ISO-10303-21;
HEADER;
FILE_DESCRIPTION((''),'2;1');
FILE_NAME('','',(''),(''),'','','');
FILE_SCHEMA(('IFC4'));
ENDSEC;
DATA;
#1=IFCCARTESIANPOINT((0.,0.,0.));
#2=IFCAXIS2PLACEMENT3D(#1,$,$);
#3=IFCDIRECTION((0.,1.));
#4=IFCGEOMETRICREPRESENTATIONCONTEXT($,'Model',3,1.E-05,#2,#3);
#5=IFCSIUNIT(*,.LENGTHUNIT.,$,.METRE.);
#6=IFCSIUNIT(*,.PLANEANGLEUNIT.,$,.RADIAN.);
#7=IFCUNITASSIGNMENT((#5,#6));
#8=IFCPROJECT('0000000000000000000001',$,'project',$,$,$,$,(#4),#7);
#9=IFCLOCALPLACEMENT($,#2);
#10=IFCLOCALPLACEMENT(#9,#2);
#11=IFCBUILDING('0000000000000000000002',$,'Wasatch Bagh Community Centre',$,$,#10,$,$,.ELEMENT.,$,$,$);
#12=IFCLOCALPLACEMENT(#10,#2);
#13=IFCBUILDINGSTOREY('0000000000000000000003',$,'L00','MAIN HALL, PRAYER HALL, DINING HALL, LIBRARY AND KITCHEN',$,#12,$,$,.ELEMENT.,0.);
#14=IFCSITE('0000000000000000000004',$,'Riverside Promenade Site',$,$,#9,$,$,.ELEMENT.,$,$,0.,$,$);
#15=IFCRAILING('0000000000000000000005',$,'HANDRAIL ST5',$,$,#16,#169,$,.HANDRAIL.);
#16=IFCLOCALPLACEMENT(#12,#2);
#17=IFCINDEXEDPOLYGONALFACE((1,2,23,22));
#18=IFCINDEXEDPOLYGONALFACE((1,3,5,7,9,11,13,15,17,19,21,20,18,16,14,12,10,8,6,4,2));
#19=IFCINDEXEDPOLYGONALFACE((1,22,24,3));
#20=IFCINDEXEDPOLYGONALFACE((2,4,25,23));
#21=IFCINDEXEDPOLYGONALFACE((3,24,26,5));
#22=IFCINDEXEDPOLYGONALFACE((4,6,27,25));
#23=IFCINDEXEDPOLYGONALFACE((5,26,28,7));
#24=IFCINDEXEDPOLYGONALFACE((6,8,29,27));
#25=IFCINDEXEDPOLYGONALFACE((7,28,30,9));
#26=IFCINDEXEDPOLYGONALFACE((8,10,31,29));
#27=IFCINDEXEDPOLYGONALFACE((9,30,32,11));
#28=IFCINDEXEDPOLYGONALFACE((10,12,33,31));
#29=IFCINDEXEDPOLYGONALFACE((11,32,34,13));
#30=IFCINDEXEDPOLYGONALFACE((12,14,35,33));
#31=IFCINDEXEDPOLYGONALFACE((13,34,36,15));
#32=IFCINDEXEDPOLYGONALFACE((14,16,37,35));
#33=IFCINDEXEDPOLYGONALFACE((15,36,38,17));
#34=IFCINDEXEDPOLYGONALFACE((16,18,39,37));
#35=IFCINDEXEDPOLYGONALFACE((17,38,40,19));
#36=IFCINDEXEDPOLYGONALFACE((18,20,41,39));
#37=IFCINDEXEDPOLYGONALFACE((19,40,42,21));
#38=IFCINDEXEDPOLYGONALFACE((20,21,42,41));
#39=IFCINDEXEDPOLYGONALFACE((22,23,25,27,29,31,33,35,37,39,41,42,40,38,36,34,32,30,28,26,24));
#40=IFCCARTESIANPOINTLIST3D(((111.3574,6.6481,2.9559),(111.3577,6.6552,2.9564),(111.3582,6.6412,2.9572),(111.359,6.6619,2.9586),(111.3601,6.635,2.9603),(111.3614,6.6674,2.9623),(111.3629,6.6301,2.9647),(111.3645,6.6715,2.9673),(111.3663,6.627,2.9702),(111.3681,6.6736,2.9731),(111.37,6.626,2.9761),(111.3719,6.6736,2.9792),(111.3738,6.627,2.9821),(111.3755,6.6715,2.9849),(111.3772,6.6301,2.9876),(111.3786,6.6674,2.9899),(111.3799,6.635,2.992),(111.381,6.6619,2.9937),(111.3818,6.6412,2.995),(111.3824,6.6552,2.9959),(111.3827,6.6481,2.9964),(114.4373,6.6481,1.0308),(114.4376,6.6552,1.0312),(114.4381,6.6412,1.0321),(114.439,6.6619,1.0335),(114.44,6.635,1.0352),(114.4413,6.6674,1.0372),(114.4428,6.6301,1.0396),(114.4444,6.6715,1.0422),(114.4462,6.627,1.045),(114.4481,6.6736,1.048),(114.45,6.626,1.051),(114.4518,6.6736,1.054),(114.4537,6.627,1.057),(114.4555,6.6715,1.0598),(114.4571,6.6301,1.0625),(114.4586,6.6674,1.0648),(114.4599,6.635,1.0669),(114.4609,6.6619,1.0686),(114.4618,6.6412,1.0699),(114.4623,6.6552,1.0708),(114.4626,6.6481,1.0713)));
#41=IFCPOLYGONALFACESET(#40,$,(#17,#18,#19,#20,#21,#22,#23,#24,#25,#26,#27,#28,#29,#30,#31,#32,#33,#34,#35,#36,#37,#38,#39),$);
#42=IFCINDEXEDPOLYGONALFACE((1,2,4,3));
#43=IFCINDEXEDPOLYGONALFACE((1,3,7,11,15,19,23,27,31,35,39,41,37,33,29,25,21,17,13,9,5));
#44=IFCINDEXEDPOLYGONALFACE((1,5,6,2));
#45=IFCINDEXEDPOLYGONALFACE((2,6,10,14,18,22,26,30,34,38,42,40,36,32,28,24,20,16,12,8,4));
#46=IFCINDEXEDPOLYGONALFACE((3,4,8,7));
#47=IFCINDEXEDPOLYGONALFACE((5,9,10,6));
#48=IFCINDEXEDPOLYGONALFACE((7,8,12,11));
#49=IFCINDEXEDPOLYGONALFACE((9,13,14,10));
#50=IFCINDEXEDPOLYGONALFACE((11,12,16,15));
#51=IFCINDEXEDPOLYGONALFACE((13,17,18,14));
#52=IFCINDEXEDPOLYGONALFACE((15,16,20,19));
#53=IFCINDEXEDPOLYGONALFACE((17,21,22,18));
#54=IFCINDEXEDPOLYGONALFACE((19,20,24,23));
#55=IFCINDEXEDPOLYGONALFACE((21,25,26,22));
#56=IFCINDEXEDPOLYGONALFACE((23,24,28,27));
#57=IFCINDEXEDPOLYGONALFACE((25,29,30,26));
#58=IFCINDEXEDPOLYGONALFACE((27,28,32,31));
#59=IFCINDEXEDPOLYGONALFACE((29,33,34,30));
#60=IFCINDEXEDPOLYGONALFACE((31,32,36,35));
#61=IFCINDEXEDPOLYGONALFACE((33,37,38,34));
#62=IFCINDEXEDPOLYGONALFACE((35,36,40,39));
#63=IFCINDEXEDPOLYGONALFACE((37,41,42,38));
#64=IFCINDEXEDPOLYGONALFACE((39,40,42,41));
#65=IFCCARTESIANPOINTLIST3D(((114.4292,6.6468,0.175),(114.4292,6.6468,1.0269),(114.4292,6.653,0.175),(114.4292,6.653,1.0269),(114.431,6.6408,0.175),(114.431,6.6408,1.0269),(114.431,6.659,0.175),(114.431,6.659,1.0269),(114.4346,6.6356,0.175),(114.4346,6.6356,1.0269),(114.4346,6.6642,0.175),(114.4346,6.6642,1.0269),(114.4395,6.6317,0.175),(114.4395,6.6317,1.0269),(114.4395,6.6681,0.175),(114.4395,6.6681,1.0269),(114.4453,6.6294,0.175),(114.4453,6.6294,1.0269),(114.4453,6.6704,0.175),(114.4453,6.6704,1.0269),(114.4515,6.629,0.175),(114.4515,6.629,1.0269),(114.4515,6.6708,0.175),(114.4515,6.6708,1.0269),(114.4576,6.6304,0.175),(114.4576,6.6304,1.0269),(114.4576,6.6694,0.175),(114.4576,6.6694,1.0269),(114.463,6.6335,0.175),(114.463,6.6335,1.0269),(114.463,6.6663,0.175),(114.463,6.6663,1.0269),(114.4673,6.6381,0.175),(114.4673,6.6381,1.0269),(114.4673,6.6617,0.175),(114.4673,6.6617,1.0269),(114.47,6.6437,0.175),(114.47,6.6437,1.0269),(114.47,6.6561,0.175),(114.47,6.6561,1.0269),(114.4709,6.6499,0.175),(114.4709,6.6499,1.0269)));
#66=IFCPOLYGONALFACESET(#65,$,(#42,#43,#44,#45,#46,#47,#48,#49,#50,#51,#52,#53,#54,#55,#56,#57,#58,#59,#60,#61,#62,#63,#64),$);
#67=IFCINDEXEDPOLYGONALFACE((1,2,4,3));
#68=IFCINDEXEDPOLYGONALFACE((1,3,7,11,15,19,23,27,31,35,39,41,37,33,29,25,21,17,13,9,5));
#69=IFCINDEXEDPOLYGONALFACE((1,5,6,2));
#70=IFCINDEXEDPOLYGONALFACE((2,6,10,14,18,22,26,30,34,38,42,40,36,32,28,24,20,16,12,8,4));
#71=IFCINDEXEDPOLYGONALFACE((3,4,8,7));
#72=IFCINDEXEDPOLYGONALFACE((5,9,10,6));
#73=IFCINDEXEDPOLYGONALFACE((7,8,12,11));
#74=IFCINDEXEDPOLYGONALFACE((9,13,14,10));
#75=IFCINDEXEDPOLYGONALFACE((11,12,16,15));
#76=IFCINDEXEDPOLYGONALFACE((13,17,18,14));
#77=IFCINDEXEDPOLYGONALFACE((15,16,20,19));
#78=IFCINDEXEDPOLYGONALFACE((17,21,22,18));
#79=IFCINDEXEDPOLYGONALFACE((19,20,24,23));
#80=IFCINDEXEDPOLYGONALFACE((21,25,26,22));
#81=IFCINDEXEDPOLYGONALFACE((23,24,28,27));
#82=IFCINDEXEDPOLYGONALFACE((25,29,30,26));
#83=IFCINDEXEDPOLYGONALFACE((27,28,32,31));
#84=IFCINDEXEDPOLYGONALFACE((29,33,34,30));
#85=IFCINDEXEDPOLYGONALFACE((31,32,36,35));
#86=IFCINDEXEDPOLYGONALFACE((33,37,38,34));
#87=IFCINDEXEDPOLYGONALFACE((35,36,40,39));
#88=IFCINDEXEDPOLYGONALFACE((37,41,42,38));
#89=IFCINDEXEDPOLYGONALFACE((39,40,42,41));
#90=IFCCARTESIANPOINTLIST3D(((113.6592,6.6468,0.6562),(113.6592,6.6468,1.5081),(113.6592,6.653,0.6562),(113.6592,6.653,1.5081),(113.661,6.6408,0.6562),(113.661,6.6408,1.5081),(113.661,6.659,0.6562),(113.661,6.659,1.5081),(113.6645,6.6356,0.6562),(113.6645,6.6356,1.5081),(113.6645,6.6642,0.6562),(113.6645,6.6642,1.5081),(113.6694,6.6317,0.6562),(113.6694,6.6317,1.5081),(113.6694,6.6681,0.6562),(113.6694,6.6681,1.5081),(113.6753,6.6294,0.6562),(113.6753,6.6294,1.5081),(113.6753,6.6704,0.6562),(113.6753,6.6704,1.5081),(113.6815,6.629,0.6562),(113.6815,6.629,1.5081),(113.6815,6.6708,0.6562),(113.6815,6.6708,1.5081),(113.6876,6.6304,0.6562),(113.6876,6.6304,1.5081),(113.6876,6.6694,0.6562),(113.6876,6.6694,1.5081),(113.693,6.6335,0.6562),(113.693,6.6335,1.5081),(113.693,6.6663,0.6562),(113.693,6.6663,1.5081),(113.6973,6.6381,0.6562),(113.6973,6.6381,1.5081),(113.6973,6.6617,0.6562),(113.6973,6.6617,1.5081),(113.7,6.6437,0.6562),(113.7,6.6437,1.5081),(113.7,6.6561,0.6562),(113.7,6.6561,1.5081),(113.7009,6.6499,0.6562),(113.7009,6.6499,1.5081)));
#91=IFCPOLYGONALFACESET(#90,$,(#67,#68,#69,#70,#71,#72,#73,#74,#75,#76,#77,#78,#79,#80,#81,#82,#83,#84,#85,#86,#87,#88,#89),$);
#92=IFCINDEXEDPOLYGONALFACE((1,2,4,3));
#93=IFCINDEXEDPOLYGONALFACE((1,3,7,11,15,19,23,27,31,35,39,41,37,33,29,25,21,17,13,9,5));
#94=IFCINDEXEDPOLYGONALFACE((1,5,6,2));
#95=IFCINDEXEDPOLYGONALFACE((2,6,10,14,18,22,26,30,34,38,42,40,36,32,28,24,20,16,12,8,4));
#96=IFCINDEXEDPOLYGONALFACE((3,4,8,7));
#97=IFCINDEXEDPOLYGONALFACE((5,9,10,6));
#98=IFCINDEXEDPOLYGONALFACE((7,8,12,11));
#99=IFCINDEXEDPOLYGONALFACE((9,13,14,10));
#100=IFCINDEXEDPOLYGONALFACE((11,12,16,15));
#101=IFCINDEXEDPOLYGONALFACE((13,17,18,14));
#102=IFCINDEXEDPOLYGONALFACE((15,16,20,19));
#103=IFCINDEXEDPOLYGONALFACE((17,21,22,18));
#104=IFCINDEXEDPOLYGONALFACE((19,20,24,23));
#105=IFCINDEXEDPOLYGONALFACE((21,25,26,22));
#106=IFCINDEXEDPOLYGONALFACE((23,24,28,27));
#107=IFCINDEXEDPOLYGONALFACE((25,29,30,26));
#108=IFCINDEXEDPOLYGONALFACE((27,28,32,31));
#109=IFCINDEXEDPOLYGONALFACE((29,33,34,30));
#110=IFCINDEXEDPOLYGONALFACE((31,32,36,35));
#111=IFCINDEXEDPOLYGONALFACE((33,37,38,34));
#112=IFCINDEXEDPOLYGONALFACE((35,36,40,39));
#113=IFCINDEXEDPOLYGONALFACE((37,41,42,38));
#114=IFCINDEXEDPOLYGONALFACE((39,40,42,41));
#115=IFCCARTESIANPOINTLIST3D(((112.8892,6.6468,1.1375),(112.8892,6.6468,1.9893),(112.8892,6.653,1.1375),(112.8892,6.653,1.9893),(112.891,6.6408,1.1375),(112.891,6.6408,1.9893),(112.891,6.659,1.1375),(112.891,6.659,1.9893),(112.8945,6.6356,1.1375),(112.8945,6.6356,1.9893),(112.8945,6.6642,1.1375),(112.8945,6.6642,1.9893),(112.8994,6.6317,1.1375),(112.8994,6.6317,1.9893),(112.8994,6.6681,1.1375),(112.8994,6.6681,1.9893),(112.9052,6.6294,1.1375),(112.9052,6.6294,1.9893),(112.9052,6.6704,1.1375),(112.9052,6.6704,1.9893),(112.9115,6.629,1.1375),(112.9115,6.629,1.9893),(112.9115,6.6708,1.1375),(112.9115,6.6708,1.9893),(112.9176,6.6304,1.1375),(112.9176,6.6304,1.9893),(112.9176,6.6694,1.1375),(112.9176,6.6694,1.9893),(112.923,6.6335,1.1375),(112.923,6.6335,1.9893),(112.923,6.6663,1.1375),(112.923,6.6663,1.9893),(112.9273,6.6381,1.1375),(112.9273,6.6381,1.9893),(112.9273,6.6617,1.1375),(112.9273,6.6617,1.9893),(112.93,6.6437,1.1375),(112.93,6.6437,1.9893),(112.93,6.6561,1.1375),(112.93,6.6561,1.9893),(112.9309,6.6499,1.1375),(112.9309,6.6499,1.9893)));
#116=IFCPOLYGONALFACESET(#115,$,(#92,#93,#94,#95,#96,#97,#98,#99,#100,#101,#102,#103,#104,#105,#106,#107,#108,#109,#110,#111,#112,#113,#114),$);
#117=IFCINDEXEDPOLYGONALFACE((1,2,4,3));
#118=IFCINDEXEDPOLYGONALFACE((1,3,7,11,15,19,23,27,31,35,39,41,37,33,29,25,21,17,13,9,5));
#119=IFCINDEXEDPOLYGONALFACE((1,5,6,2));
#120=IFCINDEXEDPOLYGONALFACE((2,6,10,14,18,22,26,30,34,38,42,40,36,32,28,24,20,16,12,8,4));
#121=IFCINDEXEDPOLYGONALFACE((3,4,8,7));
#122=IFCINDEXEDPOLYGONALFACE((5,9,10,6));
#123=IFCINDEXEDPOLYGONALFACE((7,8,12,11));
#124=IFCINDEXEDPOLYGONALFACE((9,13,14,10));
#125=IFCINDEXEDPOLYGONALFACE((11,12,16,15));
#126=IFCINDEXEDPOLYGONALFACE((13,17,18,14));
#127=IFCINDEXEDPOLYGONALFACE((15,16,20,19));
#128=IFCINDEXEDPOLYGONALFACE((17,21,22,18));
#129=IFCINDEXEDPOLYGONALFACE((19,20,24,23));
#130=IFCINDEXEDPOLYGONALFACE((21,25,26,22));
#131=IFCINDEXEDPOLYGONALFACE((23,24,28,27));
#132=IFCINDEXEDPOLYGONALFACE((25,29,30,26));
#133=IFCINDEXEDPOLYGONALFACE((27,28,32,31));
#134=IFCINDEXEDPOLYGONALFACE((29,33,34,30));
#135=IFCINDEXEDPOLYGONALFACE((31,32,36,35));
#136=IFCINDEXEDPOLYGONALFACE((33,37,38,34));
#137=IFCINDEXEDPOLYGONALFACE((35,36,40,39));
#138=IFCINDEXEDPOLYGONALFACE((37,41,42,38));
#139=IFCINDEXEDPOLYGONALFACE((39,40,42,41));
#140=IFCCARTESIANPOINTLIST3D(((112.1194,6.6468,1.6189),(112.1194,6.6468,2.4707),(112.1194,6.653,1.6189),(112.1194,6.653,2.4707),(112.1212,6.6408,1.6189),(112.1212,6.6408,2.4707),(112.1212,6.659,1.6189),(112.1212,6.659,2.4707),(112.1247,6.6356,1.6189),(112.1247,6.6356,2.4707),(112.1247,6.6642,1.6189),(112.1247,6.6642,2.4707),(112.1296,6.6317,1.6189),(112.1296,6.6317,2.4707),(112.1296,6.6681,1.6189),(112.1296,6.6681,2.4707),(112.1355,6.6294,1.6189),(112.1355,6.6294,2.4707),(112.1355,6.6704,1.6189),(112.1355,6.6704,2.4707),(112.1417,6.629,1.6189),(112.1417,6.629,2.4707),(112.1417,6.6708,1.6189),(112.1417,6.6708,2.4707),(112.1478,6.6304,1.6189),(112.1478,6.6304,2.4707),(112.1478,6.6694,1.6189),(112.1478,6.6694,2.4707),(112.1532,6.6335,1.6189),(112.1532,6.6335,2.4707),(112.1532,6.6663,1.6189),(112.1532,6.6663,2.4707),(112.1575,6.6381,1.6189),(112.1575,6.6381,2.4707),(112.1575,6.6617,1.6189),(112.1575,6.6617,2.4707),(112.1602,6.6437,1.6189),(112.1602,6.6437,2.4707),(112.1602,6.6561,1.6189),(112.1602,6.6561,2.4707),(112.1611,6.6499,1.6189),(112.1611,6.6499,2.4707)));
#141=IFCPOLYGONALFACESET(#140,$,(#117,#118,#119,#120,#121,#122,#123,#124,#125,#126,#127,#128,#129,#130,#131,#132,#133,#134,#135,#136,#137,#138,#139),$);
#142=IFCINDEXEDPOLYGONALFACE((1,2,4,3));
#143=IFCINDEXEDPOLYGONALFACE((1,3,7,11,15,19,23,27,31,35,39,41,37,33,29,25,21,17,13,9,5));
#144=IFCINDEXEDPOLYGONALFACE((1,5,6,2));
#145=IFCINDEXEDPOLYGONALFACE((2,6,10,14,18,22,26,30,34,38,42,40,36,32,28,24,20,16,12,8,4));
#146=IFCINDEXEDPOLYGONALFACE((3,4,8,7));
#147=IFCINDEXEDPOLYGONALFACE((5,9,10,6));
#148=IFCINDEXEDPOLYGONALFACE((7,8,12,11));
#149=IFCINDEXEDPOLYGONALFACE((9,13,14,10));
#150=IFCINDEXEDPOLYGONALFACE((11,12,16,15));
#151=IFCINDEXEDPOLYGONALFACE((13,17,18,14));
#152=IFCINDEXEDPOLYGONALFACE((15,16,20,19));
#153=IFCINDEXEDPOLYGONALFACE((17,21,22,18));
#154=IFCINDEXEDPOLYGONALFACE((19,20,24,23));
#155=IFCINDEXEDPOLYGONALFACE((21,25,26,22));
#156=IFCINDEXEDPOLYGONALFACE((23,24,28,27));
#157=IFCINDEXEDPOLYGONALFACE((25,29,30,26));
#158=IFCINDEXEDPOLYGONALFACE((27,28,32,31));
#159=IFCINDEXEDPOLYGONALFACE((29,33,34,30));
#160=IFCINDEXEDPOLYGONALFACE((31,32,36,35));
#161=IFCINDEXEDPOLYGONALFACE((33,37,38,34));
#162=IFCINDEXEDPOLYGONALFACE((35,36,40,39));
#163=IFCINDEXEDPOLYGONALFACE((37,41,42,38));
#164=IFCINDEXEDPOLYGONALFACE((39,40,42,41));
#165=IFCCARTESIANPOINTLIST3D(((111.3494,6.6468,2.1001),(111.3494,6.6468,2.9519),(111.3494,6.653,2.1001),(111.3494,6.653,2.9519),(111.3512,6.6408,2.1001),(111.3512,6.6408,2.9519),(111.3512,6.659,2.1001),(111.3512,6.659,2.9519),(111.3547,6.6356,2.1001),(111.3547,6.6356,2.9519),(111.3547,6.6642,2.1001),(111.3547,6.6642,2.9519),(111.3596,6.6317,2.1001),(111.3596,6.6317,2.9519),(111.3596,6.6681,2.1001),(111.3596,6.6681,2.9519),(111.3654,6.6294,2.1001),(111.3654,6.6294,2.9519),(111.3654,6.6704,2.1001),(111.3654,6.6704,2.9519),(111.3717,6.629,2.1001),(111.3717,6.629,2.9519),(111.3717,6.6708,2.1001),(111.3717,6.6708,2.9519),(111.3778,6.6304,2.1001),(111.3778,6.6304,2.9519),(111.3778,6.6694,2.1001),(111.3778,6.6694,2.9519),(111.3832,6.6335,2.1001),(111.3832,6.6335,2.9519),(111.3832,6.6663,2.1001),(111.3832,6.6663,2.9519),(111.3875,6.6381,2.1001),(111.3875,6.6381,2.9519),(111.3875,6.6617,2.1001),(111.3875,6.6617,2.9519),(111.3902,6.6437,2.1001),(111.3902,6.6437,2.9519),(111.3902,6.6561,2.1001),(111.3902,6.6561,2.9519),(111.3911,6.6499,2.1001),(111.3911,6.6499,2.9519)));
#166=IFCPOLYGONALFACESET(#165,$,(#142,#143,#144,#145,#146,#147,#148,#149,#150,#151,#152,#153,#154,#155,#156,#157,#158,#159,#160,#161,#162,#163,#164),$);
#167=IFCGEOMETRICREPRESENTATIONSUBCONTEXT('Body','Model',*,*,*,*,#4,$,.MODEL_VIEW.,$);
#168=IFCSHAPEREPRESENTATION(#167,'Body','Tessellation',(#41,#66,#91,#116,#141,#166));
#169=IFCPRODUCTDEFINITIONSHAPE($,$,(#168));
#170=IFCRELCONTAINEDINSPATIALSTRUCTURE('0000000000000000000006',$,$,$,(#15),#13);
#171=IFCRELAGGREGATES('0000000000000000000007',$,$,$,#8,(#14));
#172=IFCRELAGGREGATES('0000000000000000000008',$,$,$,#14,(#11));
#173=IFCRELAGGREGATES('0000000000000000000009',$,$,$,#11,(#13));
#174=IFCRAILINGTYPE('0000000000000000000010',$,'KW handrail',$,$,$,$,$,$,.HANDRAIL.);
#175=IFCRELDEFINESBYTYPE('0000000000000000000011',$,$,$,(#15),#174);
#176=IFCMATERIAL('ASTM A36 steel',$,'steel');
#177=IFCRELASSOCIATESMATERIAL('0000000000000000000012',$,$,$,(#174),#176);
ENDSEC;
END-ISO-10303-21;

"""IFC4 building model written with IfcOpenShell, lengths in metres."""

from ifc_helpers import new_model, si_unit, direction, frame, origin, origin_2d, place, context, subcontext, project, spatial, circle, extrude, material, type_object, element, save


model = new_model("IFC4")

# Units and contexts
model_context = context("Model", 3, precision=1e-05, world=origin(), true_north=direction((0.0, 1.0)))
body_context = subcontext(model_context, "Body", "Model", "MODEL_VIEW")
ifc_project = project(units=[si_unit("LENGTHUNIT", "METRE"), si_unit("PLANEANGLEUNIT", "RADIAN")], contexts=[model_context])

# Site, building, storey
site_placement = place(None, origin())
site = spatial("IfcSite", under=ifc_project, at=site_placement, Name="Riverside Promenade Site", CompositionType="ELEMENT", RefElevation=0.0)
building_placement = place(site_placement, origin())
building = spatial("IfcBuilding", under=site, at=building_placement, Name="Wasatch Bagh Community Centre", CompositionType="ELEMENT")
storey_placement = place(building_placement, origin())
storey = spatial("IfcBuildingStorey", under=building, at=storey_placement, Name="L00", Description="MAIN HALL, PRAYER HALL, DINING HALL, LIBRARY AND KITCHEN", CompositionType="ELEMENT", Elevation=0.0)

# Railing
ifc_material_1 = material(Name="ASTM A36 steel", Category="steel")
railing_type_1 = type_object("IfcRailingType", Name="KW handrail", PredefinedType="HANDRAIL", material=ifc_material_1)
for number, where, name in (
    (1, (114.45, 6.6499, 0.175), "HANDRAIL ST5"),
):
    element("IfcRailing", number, at=place(storey_placement, frame(where)), inside=storey, type_object=railing_type_1, Name=name, PredefinedType="HANDRAIL", context=body_context, shape_type="SweptSolid", body=[
        extrude(circle(Radius=0.0239, at=origin_2d()), frame((0.0, 0.0, 0.876), z_axis=(-0.847979, 0.0, 0.530029), x_axis=(0.0, -1.0, 0.0)), (0.0, 0.0, 1.0), 3.6321),
        extrude(circle(Radius=0.021, at=origin_2d()), origin(), (0.0, 0.0, 1.0), 0.8518),
        extrude(circle(Radius=0.021, at=origin_2d()), frame((-0.77, 0.0, 0.4812)), (0.0, 0.0, 1.0), 0.8518),
        extrude(circle(Radius=0.021, at=origin_2d()), frame((-1.54, 0.0, 0.9624)), (0.0, 0.0, 1.0), 0.8518),
        extrude(circle(Radius=0.021, at=origin_2d()), frame((-2.3098, 0.0, 1.4438)), (0.0, 0.0, 1.0), 0.8518),
        extrude(circle(Radius=0.021, at=origin_2d()), frame((-3.0798, 0.0, 1.925)), (0.0, 0.0, 1.0), 0.8518),
    ])

save(model, "model.ifc")
